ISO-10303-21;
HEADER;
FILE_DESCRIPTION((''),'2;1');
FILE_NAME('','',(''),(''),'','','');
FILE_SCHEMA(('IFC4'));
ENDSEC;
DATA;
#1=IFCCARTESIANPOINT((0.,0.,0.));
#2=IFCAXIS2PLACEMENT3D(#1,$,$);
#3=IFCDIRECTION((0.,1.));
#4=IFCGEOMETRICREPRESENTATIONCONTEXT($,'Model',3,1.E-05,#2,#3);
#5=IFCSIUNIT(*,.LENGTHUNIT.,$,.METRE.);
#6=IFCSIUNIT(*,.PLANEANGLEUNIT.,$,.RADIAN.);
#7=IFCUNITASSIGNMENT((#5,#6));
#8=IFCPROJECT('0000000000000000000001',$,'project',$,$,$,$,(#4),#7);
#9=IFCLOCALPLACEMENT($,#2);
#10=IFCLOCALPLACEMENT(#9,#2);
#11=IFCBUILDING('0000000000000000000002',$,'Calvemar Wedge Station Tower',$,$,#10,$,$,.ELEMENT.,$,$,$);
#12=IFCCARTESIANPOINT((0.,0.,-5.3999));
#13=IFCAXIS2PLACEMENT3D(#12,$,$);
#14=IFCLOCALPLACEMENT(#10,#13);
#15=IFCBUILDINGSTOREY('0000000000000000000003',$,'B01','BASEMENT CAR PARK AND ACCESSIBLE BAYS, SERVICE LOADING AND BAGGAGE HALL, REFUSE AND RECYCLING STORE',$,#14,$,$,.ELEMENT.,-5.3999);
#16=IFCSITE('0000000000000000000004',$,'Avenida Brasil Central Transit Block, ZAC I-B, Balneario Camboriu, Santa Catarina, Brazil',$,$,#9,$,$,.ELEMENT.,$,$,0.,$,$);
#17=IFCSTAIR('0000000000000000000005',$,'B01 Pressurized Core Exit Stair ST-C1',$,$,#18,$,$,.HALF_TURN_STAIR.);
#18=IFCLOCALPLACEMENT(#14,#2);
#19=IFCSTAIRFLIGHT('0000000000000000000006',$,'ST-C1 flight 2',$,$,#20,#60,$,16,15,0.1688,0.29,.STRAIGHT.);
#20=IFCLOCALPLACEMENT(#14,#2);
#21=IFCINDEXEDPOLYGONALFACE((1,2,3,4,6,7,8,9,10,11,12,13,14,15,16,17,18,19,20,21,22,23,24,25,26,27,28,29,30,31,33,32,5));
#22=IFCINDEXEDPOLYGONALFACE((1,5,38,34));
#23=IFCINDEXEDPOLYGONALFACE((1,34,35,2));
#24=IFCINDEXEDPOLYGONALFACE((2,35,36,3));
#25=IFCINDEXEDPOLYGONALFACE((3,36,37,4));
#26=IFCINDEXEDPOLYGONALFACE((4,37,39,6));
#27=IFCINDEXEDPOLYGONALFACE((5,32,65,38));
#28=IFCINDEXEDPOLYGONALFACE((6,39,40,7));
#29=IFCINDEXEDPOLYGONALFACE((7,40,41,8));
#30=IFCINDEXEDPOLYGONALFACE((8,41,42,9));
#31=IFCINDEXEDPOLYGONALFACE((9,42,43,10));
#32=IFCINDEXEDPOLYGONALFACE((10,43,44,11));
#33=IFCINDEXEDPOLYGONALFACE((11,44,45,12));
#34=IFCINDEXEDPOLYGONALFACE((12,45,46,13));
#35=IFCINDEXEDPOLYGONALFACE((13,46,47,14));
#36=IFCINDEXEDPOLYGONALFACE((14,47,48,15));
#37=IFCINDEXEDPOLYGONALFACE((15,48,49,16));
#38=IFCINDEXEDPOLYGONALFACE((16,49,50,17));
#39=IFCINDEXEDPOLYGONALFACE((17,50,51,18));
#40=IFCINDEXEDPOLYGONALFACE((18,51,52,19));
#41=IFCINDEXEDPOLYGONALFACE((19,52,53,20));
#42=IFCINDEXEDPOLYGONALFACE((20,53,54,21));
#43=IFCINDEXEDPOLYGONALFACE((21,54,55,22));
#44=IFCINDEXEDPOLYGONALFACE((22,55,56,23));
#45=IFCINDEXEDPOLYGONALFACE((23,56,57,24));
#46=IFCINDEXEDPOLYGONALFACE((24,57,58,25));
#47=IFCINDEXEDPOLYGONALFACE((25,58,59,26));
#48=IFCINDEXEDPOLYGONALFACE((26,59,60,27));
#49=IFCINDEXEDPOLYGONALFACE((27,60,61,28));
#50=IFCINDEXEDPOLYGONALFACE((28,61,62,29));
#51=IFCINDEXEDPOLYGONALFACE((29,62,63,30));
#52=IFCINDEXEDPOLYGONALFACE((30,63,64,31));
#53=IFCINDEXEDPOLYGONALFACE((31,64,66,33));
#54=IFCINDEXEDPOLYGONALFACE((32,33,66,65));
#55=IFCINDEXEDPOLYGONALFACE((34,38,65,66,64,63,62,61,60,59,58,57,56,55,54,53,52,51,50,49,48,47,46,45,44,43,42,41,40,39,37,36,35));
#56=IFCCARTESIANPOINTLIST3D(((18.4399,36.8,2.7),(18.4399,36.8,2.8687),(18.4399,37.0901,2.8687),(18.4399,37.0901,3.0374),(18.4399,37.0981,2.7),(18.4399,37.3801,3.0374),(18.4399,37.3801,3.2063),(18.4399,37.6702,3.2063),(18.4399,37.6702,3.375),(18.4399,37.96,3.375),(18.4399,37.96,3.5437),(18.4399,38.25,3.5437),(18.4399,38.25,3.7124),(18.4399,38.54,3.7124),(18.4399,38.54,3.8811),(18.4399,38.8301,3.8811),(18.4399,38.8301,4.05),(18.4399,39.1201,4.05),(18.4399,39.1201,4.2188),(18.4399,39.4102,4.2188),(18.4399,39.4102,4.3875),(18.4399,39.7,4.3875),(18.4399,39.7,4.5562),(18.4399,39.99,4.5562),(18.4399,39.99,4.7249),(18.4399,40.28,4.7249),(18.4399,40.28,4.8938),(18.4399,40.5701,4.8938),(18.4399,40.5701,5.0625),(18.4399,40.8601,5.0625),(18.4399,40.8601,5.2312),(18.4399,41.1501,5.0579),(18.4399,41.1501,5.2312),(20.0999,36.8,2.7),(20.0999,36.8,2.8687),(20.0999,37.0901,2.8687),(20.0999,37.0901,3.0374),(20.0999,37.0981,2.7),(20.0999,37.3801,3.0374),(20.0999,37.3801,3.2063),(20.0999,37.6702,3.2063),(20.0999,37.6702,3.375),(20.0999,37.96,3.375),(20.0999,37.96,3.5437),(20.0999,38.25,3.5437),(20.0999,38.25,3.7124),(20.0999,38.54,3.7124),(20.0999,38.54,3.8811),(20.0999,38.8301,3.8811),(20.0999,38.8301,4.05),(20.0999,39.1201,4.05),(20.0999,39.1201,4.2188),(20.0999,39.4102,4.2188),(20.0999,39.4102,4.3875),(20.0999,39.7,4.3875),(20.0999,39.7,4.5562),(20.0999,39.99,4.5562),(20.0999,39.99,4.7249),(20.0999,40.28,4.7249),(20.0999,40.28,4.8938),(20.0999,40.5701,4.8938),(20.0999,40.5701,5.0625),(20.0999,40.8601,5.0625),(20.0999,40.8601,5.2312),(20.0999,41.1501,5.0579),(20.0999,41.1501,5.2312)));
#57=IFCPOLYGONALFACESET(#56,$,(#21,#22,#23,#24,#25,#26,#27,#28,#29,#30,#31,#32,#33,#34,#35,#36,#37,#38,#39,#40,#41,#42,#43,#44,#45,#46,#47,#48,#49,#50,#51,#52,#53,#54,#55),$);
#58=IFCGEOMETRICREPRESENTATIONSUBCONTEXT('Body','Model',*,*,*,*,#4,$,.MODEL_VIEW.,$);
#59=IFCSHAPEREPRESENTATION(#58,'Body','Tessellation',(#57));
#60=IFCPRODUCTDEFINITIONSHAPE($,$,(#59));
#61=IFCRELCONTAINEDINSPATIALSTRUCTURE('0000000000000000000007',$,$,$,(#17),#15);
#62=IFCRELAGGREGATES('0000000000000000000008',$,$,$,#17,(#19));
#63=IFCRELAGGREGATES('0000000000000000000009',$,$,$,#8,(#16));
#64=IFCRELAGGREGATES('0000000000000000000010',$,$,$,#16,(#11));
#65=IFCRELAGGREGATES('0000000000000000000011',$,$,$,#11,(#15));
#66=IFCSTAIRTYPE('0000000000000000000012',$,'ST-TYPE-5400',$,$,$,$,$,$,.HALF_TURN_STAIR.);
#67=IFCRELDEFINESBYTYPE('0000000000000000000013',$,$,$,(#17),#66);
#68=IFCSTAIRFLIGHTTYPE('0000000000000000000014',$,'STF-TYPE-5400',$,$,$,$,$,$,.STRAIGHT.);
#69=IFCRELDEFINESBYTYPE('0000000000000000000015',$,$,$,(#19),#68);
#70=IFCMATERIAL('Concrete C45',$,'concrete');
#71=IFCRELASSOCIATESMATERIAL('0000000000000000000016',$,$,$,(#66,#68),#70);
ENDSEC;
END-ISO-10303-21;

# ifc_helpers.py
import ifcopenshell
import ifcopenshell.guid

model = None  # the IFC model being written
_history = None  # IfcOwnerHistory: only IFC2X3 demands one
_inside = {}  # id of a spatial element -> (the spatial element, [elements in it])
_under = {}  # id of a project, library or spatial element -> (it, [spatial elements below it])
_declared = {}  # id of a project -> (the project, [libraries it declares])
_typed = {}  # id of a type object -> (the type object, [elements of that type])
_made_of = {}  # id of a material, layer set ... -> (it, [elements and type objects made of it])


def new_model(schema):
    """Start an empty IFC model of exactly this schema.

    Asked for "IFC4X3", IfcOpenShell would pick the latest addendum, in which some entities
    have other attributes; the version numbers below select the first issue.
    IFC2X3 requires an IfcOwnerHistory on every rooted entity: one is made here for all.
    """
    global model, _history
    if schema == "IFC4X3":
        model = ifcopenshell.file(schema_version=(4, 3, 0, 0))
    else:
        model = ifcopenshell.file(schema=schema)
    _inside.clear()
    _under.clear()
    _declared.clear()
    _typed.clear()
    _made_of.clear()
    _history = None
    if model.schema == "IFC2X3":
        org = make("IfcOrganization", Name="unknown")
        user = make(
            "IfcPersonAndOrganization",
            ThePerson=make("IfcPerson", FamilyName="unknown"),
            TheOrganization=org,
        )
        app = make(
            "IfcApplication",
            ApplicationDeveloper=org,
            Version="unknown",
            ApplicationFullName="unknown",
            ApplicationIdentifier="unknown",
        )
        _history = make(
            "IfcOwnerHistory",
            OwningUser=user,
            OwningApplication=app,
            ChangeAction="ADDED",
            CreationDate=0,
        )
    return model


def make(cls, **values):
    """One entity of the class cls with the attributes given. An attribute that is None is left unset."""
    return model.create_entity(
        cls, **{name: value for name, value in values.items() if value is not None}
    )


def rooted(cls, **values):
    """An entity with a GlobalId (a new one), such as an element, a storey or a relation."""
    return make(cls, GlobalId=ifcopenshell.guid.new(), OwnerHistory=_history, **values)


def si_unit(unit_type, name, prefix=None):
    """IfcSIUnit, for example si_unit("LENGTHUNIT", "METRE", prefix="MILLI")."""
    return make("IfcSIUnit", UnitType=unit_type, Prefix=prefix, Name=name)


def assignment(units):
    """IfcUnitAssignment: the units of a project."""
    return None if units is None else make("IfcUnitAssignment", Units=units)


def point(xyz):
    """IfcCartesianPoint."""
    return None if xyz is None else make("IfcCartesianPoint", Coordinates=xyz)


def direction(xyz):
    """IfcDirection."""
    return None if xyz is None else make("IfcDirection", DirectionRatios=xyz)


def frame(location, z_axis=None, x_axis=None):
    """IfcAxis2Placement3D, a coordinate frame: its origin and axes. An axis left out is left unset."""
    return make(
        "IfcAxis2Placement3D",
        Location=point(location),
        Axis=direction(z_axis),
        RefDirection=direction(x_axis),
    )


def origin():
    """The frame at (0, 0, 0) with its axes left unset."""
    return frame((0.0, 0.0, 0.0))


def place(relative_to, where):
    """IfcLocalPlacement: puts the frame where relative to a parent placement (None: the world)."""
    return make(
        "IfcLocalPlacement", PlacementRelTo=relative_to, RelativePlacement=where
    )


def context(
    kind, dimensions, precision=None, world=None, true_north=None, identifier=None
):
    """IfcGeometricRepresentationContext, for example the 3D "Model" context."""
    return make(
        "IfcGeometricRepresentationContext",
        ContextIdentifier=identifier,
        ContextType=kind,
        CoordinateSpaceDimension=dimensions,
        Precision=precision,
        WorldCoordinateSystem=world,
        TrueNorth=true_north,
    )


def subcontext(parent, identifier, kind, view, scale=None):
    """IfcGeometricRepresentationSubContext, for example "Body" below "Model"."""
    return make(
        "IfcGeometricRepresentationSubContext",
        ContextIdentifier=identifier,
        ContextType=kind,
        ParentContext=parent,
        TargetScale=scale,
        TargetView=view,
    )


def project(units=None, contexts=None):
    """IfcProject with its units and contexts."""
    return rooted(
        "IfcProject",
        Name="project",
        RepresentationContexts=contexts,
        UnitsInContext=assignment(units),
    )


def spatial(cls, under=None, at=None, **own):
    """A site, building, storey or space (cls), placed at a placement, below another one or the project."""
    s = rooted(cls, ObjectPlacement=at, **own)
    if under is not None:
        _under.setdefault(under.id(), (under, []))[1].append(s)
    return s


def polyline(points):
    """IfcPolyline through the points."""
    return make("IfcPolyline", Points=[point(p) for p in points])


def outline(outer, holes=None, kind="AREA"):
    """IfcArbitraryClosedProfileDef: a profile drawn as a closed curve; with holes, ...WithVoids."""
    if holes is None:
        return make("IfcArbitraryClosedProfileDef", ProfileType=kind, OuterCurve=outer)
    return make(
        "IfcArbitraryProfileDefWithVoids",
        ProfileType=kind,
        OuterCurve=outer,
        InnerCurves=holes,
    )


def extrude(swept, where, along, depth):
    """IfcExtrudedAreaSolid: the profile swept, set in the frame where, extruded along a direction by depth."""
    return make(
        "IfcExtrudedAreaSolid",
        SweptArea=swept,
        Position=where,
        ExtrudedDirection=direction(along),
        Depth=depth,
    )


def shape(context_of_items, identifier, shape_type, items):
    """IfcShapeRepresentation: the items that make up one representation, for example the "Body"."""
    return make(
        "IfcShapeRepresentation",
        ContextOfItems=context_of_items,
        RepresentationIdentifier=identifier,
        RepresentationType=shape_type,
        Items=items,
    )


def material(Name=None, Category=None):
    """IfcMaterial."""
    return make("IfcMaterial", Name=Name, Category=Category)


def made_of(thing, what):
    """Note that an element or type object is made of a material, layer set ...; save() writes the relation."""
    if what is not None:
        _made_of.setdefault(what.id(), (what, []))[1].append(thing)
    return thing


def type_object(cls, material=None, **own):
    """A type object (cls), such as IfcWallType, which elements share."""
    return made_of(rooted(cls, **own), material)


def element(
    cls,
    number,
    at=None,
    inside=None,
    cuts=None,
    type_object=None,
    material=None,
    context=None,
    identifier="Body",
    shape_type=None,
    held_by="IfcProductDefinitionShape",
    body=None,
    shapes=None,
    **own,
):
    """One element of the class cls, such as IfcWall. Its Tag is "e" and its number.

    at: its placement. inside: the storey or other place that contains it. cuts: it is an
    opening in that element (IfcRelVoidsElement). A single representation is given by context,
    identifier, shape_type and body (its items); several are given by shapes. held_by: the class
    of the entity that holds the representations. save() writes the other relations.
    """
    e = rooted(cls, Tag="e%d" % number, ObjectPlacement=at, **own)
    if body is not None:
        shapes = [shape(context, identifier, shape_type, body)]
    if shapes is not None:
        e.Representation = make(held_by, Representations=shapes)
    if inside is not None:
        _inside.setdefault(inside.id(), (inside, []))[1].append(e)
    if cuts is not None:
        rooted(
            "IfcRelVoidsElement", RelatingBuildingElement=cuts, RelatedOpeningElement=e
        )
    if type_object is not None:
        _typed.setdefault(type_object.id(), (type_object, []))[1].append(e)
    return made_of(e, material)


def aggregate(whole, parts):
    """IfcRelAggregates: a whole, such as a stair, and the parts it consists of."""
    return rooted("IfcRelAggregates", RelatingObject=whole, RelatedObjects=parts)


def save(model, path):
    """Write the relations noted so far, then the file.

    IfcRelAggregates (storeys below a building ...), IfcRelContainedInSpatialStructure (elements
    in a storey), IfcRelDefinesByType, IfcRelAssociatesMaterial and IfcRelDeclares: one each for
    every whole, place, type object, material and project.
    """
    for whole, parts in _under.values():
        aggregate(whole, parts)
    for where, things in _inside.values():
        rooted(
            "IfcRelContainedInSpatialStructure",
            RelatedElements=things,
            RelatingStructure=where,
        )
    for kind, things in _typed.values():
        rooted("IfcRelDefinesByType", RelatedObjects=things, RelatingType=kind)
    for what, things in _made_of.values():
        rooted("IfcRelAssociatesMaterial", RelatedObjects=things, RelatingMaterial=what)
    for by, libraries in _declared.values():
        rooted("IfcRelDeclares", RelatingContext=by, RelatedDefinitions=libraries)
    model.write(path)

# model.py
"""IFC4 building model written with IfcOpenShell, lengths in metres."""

from ifc_helpers import new_model, si_unit, direction, frame, origin, place, context, subcontext, project, spatial, polyline, outline, extrude, material, type_object, element, aggregate, save


model = new_model("IFC4")

# Units and contexts
model_context = context("Model", 3, precision=1e-05, world=origin(), true_north=direction((0.0, 1.0)))
body_context = subcontext(model_context, "Body", "Model", "MODEL_VIEW")
ifc_project = project(units=[si_unit("LENGTHUNIT", "METRE"), si_unit("PLANEANGLEUNIT", "RADIAN")], contexts=[model_context])

# Site, building, storey
site_placement = place(None, origin())
site = spatial("IfcSite", under=ifc_project, at=site_placement, Name="Avenida Brasil Central Transit Block, ZAC I-B, Balneario Camboriu, Santa Catarina, Brazil", CompositionType="ELEMENT", RefElevation=0.0)
building_placement = place(site_placement, origin())
building = spatial("IfcBuilding", under=site, at=building_placement, Name="Calvemar Wedge Station Tower", CompositionType="ELEMENT")
storey_placement = place(building_placement, frame((0.0, 0.0, -5.3999)))
storey = spatial("IfcBuildingStorey", under=building, at=storey_placement, Name="B01", Description="BASEMENT CAR PARK AND ACCESSIBLE BAYS, SERVICE LOADING AND BAGGAGE HALL, REFUSE AND RECYCLING STORE", CompositionType="ELEMENT", Elevation=-5.3999)

# Stair, stair flight
ifc_material_1 = material(Name="Concrete C45", Category="concrete")
stair_type = type_object("IfcStairType", Name="ST-TYPE-5400", PredefinedType="HALF_TURN_STAIR", material=ifc_material_1)
stair_placement = place(storey_placement, origin())
stair = element("IfcStair", 1, at=stair_placement, inside=storey, type_object=stair_type, Name="B01 Pressurized Core Exit Stair ST-C1", PredefinedType="HALF_TURN_STAIR")
stair_flight_type = type_object("IfcStairFlightType", Name="STF-TYPE-5400", PredefinedType="STRAIGHT", material=ifc_material_1)
stair_flight_1_placement = place(storey_placement, frame((19.27, 36.8, 2.7), z_axis=(0.0, 0.0, 1.0), x_axis=(0.0, 1.0, 0.0)))
stair_flight_1 = element("IfcStairFlight", 2, at=stair_flight_1_placement, type_object=stair_flight_type, Name="ST-C1 flight 2", NumberOfRisers=16, NumberOfTreads=15, PredefinedType="STRAIGHT", RiserHeight=0.1688, TreadLength=0.29, context=body_context, shape_type="SweptSolid", body=[
    extrude(outline(polyline([(0.0, 0.0), (0.0, 0.1687), (0.29, 0.1687), (0.29, 0.3374), (0.5801, 0.3374), (0.5801, 0.5063), (0.8701, 0.5063), (0.8701, 0.675), (1.1599, 0.675), (1.1599, 0.8438), (1.45, 0.8438), (1.45, 1.0125), (1.74, 1.0125), (1.74, 1.1812), (2.03, 1.1812), (2.03, 1.3501), (2.3201, 1.3501), (2.3201, 1.5188), (2.6101, 1.5188), (2.6101, 1.6875), (2.8999, 1.6875), (2.8999, 1.8562), (3.1899, 1.8562), (3.1899, 2.0249), (3.48, 2.0249), (3.48, 2.1938), (3.77, 2.1938), (3.77, 2.3625), (4.0601, 2.3625), (4.0601, 2.5312), (4.3501, 2.5312), (4.3501, 2.7), (4.3501, 2.3579), (0.2981, 0.0), (0.0, 0.0)])), frame((0.0, 0.8301, 0.0), z_axis=(0.0, -1.0, 0.0), x_axis=(1.0, 0.0, 0.0)), (0.0, 0.0, 1.0), 1.6599),
])
aggregate(stair, [stair_flight_1])

save(model, "model.ifc")
